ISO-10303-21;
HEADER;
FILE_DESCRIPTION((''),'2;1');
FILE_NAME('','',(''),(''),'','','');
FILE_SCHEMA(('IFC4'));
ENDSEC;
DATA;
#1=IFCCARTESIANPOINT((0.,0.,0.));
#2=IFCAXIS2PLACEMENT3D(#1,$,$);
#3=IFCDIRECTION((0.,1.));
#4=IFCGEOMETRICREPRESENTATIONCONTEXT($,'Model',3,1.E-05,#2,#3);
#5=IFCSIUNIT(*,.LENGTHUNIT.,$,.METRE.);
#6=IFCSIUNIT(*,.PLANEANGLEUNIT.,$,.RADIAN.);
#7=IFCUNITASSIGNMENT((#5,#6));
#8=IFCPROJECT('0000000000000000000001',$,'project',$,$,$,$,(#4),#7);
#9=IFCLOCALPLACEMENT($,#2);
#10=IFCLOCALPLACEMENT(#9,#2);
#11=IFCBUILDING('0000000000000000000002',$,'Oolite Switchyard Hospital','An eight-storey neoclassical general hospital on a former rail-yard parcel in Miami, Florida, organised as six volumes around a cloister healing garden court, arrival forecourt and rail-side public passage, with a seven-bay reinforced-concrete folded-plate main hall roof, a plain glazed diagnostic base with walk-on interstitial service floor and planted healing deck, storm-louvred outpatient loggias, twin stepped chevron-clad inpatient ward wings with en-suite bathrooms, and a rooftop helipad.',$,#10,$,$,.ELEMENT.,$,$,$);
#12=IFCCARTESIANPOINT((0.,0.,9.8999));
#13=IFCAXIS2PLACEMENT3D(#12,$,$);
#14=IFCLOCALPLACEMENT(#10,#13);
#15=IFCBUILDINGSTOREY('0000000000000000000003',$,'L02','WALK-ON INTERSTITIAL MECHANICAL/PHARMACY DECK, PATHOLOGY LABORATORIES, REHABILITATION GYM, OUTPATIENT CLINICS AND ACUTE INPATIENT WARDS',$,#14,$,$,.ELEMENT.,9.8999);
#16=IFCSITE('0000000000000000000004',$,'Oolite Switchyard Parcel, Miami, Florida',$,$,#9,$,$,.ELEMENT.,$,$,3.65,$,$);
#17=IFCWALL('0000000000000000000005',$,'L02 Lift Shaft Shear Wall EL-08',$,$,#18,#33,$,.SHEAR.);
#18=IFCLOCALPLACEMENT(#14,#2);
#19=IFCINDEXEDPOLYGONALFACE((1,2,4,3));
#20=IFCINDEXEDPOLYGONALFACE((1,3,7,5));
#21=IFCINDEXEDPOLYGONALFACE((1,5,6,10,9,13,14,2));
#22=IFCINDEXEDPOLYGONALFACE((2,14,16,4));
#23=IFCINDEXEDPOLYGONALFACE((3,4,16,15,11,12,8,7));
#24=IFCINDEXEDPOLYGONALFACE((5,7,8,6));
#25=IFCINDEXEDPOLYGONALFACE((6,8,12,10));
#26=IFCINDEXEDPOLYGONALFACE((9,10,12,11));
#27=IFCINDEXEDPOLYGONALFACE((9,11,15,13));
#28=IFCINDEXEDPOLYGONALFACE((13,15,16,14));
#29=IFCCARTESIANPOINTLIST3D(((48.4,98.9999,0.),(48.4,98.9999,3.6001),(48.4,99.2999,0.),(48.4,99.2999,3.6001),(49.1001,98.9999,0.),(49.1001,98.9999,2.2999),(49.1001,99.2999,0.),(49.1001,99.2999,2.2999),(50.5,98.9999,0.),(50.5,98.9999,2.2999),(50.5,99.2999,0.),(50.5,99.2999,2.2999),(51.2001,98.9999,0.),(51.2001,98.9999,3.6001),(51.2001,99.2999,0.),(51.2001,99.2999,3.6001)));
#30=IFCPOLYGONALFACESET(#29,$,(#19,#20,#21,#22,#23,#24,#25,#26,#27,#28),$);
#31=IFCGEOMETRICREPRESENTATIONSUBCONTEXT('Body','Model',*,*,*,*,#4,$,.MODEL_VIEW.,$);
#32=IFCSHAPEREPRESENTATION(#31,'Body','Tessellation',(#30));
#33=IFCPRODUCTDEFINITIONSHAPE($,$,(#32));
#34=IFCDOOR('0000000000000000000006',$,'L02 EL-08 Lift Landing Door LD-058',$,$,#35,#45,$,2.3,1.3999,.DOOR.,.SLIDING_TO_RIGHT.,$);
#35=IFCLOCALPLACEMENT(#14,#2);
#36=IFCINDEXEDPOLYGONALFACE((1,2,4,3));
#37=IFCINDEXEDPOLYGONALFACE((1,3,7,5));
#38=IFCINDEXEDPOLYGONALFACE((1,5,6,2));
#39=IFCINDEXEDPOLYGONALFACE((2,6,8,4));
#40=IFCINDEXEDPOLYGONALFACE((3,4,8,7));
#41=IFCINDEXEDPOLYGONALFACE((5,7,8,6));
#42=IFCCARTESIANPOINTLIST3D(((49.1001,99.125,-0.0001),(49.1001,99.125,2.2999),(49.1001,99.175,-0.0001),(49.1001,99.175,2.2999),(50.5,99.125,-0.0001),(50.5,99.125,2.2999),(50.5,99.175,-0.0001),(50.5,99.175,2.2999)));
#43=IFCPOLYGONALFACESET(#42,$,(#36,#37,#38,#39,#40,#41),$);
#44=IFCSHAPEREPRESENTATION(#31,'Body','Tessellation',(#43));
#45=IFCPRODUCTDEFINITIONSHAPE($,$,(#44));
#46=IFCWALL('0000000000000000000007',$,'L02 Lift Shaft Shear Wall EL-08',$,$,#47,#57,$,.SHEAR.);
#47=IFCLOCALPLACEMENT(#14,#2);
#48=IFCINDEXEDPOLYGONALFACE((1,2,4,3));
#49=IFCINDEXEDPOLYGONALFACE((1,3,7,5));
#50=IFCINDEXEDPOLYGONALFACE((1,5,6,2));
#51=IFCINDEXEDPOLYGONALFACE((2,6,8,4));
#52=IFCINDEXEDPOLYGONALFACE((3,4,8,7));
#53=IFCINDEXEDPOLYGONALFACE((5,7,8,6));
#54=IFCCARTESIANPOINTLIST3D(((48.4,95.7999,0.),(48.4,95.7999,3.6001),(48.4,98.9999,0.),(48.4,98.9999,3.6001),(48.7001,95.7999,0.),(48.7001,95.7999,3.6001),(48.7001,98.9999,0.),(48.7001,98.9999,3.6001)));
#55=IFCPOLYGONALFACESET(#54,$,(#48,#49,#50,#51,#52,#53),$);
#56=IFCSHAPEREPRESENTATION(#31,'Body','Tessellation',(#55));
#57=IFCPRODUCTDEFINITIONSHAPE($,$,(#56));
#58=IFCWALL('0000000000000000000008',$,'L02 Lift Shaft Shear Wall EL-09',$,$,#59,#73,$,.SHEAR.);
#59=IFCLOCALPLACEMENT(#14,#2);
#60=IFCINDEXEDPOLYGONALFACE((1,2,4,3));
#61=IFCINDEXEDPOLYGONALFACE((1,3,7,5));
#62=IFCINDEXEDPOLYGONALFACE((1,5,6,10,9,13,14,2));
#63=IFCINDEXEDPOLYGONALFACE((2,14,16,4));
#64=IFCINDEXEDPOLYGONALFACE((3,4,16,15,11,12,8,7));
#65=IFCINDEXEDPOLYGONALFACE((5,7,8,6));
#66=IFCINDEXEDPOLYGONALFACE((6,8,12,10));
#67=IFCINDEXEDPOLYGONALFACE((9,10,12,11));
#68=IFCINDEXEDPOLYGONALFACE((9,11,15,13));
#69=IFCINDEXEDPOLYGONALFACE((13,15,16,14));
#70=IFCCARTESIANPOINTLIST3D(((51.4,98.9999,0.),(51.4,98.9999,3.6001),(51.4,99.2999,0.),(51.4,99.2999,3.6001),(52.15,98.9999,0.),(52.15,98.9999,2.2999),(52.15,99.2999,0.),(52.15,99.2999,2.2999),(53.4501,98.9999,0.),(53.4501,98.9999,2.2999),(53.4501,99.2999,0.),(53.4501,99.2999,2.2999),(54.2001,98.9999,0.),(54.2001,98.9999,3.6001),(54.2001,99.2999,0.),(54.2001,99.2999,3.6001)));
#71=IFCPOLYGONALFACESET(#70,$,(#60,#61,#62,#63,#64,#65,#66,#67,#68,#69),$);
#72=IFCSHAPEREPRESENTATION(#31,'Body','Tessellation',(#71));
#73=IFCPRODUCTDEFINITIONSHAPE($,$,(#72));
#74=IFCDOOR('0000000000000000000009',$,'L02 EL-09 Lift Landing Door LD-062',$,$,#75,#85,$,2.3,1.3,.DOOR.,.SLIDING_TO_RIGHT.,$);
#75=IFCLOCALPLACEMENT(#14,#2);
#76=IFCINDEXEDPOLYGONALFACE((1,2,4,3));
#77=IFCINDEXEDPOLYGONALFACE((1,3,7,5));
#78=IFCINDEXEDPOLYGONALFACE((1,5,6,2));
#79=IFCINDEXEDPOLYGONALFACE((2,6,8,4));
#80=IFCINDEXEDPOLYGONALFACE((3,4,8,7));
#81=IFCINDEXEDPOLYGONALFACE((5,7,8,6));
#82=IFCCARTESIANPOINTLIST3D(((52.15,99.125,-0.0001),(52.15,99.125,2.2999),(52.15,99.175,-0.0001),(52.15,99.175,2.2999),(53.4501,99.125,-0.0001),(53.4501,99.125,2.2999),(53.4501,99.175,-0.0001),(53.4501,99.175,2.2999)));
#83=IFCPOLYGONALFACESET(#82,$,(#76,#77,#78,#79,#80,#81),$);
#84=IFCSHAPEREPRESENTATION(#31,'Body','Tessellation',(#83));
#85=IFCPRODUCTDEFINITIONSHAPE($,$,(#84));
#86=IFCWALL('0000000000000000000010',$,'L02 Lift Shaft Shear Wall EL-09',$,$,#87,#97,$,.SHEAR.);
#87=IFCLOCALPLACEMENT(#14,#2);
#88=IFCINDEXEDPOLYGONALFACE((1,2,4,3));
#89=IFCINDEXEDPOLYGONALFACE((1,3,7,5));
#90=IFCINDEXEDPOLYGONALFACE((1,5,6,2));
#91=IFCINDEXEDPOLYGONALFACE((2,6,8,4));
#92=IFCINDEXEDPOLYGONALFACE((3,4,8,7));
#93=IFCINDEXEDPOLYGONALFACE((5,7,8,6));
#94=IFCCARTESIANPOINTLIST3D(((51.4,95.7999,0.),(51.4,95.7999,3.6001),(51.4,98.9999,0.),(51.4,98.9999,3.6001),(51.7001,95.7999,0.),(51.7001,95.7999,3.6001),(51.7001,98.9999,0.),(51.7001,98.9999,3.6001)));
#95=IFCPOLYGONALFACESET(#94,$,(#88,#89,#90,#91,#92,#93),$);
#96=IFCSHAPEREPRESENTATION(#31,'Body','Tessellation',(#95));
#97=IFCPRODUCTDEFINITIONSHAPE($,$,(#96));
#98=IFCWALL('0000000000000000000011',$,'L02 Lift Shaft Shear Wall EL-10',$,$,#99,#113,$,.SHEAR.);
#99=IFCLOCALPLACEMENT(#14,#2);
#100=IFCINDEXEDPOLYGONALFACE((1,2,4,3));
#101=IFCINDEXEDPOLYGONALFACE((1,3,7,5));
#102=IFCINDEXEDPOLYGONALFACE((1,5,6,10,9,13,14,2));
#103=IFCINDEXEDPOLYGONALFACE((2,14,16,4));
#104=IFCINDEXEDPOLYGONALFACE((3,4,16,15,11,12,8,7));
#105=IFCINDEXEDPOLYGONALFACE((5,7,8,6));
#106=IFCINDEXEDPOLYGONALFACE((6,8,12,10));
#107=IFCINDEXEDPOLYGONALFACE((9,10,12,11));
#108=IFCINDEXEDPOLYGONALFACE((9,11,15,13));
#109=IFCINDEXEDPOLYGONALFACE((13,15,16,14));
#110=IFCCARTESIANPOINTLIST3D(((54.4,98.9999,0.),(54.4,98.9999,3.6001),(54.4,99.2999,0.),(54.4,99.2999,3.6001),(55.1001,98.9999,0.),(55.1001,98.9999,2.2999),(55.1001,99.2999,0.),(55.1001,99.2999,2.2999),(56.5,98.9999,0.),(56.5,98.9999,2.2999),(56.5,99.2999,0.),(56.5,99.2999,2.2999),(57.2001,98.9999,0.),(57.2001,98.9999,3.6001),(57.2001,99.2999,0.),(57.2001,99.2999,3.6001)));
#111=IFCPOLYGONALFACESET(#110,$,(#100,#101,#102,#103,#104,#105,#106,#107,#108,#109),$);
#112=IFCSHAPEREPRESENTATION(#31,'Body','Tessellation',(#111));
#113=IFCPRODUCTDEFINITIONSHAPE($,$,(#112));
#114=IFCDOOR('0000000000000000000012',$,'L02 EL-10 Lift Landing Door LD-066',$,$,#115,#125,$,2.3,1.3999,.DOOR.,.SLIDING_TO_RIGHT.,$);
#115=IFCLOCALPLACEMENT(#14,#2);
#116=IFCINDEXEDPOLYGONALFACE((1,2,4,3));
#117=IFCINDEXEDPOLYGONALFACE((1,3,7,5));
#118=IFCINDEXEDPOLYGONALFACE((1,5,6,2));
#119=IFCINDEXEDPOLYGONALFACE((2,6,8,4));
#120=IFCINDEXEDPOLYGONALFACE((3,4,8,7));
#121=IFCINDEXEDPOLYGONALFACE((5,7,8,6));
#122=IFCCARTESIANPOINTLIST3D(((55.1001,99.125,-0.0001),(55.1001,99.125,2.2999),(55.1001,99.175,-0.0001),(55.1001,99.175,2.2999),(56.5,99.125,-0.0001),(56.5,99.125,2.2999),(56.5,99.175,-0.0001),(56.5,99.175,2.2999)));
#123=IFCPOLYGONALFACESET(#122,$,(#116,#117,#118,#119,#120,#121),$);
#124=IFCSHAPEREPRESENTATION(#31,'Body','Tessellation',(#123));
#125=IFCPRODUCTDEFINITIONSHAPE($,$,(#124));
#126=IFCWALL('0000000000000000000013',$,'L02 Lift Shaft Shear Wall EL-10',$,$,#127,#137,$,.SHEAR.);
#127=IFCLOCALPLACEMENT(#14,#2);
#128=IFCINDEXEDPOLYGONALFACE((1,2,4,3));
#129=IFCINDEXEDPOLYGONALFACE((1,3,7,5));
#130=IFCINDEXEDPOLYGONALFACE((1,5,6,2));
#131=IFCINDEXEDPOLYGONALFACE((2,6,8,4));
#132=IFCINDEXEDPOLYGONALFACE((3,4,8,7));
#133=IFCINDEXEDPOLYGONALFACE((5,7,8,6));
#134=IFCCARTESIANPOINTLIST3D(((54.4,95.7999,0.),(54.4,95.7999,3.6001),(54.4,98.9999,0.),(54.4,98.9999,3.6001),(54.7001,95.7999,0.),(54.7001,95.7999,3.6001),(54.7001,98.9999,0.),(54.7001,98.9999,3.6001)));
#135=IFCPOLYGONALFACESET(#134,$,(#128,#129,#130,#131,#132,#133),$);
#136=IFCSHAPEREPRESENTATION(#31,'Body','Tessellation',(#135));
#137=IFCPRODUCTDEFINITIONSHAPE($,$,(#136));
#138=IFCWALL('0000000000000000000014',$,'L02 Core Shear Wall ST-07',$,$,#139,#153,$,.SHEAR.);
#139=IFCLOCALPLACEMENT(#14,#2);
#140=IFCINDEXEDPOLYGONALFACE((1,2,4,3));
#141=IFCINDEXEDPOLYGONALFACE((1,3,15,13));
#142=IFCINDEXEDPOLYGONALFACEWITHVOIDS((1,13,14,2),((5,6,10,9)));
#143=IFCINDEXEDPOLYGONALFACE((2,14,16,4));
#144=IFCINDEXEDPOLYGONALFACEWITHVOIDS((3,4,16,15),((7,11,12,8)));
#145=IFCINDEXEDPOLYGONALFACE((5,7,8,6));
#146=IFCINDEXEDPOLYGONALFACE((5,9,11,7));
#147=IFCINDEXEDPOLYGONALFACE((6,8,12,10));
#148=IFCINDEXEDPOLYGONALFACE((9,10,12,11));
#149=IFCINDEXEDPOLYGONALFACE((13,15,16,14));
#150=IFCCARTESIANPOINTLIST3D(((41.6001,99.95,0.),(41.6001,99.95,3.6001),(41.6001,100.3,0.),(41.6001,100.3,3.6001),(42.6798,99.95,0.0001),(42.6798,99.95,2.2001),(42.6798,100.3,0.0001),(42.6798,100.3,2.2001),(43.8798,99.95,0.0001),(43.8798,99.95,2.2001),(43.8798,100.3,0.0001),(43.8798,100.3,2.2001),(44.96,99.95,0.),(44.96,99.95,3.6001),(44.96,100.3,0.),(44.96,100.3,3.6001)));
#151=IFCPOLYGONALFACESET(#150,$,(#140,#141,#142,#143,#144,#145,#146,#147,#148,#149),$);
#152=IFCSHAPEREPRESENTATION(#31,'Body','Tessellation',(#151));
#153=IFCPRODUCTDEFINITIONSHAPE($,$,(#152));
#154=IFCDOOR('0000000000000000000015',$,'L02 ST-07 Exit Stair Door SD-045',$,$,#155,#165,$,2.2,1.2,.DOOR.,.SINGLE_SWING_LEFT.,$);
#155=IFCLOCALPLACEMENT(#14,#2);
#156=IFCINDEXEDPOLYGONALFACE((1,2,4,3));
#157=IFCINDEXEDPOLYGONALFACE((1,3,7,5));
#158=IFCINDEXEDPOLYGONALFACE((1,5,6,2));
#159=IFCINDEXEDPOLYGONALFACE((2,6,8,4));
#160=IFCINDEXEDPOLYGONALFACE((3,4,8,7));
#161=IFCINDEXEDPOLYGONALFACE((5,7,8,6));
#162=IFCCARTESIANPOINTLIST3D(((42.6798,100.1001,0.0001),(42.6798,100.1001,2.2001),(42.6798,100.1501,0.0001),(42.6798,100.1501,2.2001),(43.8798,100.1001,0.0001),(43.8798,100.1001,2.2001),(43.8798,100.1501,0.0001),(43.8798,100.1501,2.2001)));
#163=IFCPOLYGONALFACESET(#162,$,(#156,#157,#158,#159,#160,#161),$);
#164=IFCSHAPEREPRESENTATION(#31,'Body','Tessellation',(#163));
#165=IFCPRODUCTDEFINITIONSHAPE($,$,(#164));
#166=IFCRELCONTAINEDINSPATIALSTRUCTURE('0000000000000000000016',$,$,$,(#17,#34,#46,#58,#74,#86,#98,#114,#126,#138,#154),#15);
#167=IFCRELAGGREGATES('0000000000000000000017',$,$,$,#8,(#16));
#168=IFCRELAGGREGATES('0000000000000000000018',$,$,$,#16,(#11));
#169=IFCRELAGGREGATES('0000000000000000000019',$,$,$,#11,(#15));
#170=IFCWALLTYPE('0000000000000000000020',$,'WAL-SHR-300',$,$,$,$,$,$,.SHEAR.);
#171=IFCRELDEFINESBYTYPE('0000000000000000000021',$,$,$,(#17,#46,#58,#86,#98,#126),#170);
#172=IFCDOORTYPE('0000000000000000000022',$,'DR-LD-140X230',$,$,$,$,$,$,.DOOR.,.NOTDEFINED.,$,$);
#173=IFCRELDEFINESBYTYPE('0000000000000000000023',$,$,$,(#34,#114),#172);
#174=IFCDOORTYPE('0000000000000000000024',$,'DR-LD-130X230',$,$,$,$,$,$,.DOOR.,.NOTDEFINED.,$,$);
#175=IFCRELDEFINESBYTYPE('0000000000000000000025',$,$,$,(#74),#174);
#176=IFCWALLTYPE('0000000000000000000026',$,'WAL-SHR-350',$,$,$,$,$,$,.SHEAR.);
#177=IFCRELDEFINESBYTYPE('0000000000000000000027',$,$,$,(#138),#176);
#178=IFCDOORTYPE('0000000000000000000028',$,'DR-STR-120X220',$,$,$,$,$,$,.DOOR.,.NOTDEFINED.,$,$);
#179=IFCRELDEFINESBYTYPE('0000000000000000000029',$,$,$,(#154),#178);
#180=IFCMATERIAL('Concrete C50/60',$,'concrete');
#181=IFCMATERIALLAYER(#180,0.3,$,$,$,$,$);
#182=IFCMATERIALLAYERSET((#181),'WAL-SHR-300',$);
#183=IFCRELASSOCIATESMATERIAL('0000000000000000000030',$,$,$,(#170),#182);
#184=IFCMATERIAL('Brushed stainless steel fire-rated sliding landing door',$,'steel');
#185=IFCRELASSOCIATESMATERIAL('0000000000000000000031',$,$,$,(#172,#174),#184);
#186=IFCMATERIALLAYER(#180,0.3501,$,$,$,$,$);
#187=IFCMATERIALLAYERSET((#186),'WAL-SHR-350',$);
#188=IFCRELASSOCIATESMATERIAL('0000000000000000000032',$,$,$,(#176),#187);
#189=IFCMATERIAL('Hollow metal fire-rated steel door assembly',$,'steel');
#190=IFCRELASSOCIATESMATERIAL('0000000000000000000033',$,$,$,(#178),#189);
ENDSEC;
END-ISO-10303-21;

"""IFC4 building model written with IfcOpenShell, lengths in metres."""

from ifc_helpers import new_model, si_unit, direction, frame, frame_2d, origin, place, context, subcontext, project, spatial, rectangle, extrude, material, layer, layer_set, type_object, element, fill, save


model = new_model("IFC4")

# Units and contexts
model_context = context("Model", 3, precision=1e-05, world=origin(), true_north=direction((0.0, 1.0)))
body_context = subcontext(model_context, "Body", "Model", "MODEL_VIEW")
ifc_project = project(units=[si_unit("LENGTHUNIT", "METRE"), si_unit("PLANEANGLEUNIT", "RADIAN")], contexts=[model_context])

# Site, building, storey
site_placement = place(None, origin())
site = spatial("IfcSite", under=ifc_project, at=site_placement, Name="Oolite Switchyard Parcel, Miami, Florida", CompositionType="ELEMENT", RefElevation=3.65)
building_placement = place(site_placement, origin())
building = spatial("IfcBuilding", under=site, at=building_placement, Name="Oolite Switchyard Hospital", Description="An eight-storey neoclassical general hospital on a former rail-yard parcel in Miami, Florida, organised as six volumes around a cloister healing garden court, arrival forecourt and rail-side public passage, with a seven-bay reinforced-concrete folded-plate main hall roof, a plain glazed diagnostic base with walk-on interstitial service floor and planted healing deck, storm-louvred outpatient loggias, twin stepped chevron-clad inpatient ward wings with en-suite bathrooms, and a rooftop helipad.", CompositionType="ELEMENT")
storey_placement = place(building_placement, frame((0.0, 0.0, 9.8999)))
storey = spatial("IfcBuildingStorey", under=building, at=storey_placement, Name="L02", Description="WALK-ON INTERSTITIAL MECHANICAL/PHARMACY DECK, PATHOLOGY LABORATORIES, REHABILITATION GYM, OUTPATIENT CLINICS AND ACUTE INPATIENT WARDS", CompositionType="ELEMENT", Elevation=9.8999)

# Shared definitions
ifc_material_1 = material(Name="Concrete C50/60", Category="concrete")

# Shared definitions
ifc_material_2 = material(Name="Hollow metal fire-rated steel door assembly", Category="steel")

# Wall, opening, door
ifc_layer_1 = layer(ifc_material_1, 0.3)
ifc_layer_set_1 = layer_set([ifc_layer_1], Name="WAL-SHR-300")
wall_type_1 = type_object("IfcWallType", Name="WAL-SHR-300", PredefinedType="SHEAR", material=ifc_layer_set_1)
wall_1_placement = place(storey_placement, frame((51.2, 99.1499, 0.0), z_axis=(0.0, 0.0, 1.0), x_axis=(-1.0, 0.0, 0.0)))
wall_1 = element("IfcWall", 1, at=wall_1_placement, inside=storey, type_object=wall_type_1, Name="L02 Lift Shaft Shear Wall EL-08", PredefinedType="SHEAR", context=body_context, shape_type="SweptSolid", body=[
    extrude(rectangle(XDim=2.8, YDim=0.3, at=frame_2d((1.3999, 0.0))), origin(), (0.0, 0.0, 1.0), 3.6001),
])
opening_1_placement = place(wall_1_placement, frame((0.7, 0.0, 0.0)))
opening_1 = element("IfcOpeningElement", 2, at=opening_1_placement, cuts=wall_1, PredefinedType="OPENING", context=body_context, shape_type="SweptSolid", body=[
    extrude(rectangle(XDim=1.3999, YDim=2.3, at=frame_2d((0.7, 1.1499))), frame((0.0, 0.1602, 0.0), z_axis=(0.0, -1.0, 0.0), x_axis=(1.0, 0.0, 0.0)), (0.0, 0.0, 1.0), 0.3201),
])
ifc_material_3 = material(Name="Brushed stainless steel fire-rated sliding landing door", Category="steel")
door_type_1 = type_object("IfcDoorType", Name="DR-LD-140X230", OperationType="NOTDEFINED", PredefinedType="DOOR", material=ifc_material_3)
door_1_placement = place(opening_1_placement, origin())
door_1 = element("IfcDoor", 3, at=door_1_placement, inside=storey, type_object=door_type_1, Name="L02 EL-08 Lift Landing Door LD-058", OperationType="SLIDING_TO_RIGHT", OverallHeight=2.3, OverallWidth=1.3999, PredefinedType="DOOR", context=body_context, shape_type="SweptSolid", body=[
    extrude(rectangle(XDim=1.3999, YDim=2.3, at=frame_2d((0.7, 1.1499))), frame((0.0, 0.0249, 0.0), z_axis=(0.0, -1.0, 0.0), x_axis=(1.0, 0.0, 0.0)), (0.0, 0.0, 1.0), 0.05),
])
fill(opening_1, door_1)

# Wall
wall_2_placement = place(storey_placement, frame((48.55, 99.0, 0.0), z_axis=(0.0, 0.0, 1.0), x_axis=(0.0, -1.0, 0.0)))
element("IfcWall", 4, at=wall_2_placement, inside=storey, type_object=wall_type_1, Name="L02 Lift Shaft Shear Wall EL-08", PredefinedType="SHEAR", context=body_context, shape_type="SweptSolid", body=[
    extrude(rectangle(XDim=3.2, YDim=0.3, at=frame_2d((1.6001, 0.0))), origin(), (0.0, 0.0, 1.0), 3.6001),
])

# Wall, opening, door
wall_3_placement = place(storey_placement, frame((54.2, 99.1499, 0.0), z_axis=(0.0, 0.0, 1.0), x_axis=(-1.0, 0.0, 0.0)))
wall_3 = element("IfcWall", 5, at=wall_3_placement, inside=storey, type_object=wall_type_1, Name="L02 Lift Shaft Shear Wall EL-09", PredefinedType="SHEAR", context=body_context, shape_type="SweptSolid", body=[
    extrude(rectangle(XDim=2.8, YDim=0.3, at=frame_2d((1.3999, 0.0))), origin(), (0.0, 0.0, 1.0), 3.6001),
])
opening_2_placement = place(wall_3_placement, frame((0.75, 0.0, 0.0)))
opening_2 = element("IfcOpeningElement", 6, at=opening_2_placement, cuts=wall_3, PredefinedType="OPENING", context=body_context, shape_type="SweptSolid", body=[
    extrude(rectangle(XDim=1.3, YDim=2.3, at=frame_2d((0.6499, 1.1499))), frame((0.0, 0.1602, 0.0), z_axis=(0.0, -1.0, 0.0), x_axis=(1.0, 0.0, 0.0)), (0.0, 0.0, 1.0), 0.3201),
])
door_type_2 = type_object("IfcDoorType", Name="DR-LD-130X230", OperationType="NOTDEFINED", PredefinedType="DOOR", material=ifc_material_3)
door_2_placement = place(opening_2_placement, origin())
door_2 = element("IfcDoor", 7, at=door_2_placement, inside=storey, type_object=door_type_2, Name="L02 EL-09 Lift Landing Door LD-062", OperationType="SLIDING_TO_RIGHT", OverallHeight=2.3, OverallWidth=1.3, PredefinedType="DOOR", context=body_context, shape_type="SweptSolid", body=[
    extrude(rectangle(XDim=1.3, YDim=2.3, at=frame_2d((0.6499, 1.1499))), frame((0.0, 0.0249, 0.0), z_axis=(0.0, -1.0, 0.0), x_axis=(1.0, 0.0, 0.0)), (0.0, 0.0, 1.0), 0.05),
])
fill(opening_2, door_2)

# Wall
wall_4_placement = place(storey_placement, frame((51.55, 99.0, 0.0), z_axis=(0.0, 0.0, 1.0), x_axis=(0.0, -1.0, 0.0)))
element("IfcWall", 8, at=wall_4_placement, inside=storey, type_object=wall_type_1, Name="L02 Lift Shaft Shear Wall EL-09", PredefinedType="SHEAR", context=body_context, shape_type="SweptSolid", body=[
    extrude(rectangle(XDim=3.2, YDim=0.3, at=frame_2d((1.6001, 0.0))), origin(), (0.0, 0.0, 1.0), 3.6001),
])

# Wall, opening, door
wall_5_placement = place(storey_placement, frame((57.2, 99.1499, 0.0), z_axis=(0.0, 0.0, 1.0), x_axis=(-1.0, 0.0, 0.0)))
wall_5 = element("IfcWall", 9, at=wall_5_placement, inside=storey, type_object=wall_type_1, Name="L02 Lift Shaft Shear Wall EL-10", PredefinedType="SHEAR", context=body_context, shape_type="SweptSolid", body=[
    extrude(rectangle(XDim=2.8, YDim=0.3, at=frame_2d((1.3999, 0.0))), origin(), (0.0, 0.0, 1.0), 3.6001),
])
opening_3_placement = place(wall_5_placement, frame((0.7, 0.0, 0.0)))
opening_3 = element("IfcOpeningElement", 10, at=opening_3_placement, cuts=wall_5, PredefinedType="OPENING", context=body_context, shape_type="SweptSolid", body=[
    extrude(rectangle(XDim=1.3999, YDim=2.3, at=frame_2d((0.7, 1.1499))), frame((0.0, 0.1602, 0.0), z_axis=(0.0, -1.0, 0.0), x_axis=(1.0, 0.0, 0.0)), (0.0, 0.0, 1.0), 0.3201),
])
door_3_placement = place(opening_3_placement, origin())
door_3 = element("IfcDoor", 11, at=door_3_placement, inside=storey, type_object=door_type_1, Name="L02 EL-10 Lift Landing Door LD-066", OperationType="SLIDING_TO_RIGHT", OverallHeight=2.3, OverallWidth=1.3999, PredefinedType="DOOR", context=body_context, shape_type="SweptSolid", body=[
    extrude(rectangle(XDim=1.3999, YDim=2.3, at=frame_2d((0.7, 1.1499))), frame((0.0, 0.0249, 0.0), z_axis=(0.0, -1.0, 0.0), x_axis=(1.0, 0.0, 0.0)), (0.0, 0.0, 1.0), 0.05),
])
fill(opening_3, door_3)

# Wall
wall_6_placement = place(storey_placement, frame((54.55, 99.0, 0.0), z_axis=(0.0, 0.0, 1.0), x_axis=(0.0, -1.0, 0.0)))
element("IfcWall", 12, at=wall_6_placement, inside=storey, type_object=wall_type_1, Name="L02 Lift Shaft Shear Wall EL-10", PredefinedType="SHEAR", context=body_context, shape_type="SweptSolid", body=[
    extrude(rectangle(XDim=3.2, YDim=0.3, at=frame_2d((1.6001, 0.0))), origin(), (0.0, 0.0, 1.0), 3.6001),
])

# Wall, opening, door
ifc_layer_2 = layer(ifc_material_1, 0.3501)
ifc_layer_set_2 = layer_set([ifc_layer_2], Name="WAL-SHR-350")
wall_type_2 = type_object("IfcWallType", Name="WAL-SHR-350", PredefinedType="SHEAR", material=ifc_layer_set_2)
wall_7_placement = place(storey_placement, frame((44.96, 100.125, 0.0), z_axis=(0.0, 0.0, 1.0), x_axis=(-1.0, 0.0, 0.0)))
wall_7 = element("IfcWall", 13, at=wall_7_placement, inside=storey, type_object=wall_type_2, Name="L02 Core Shear Wall ST-07", PredefinedType="SHEAR", context=body_context, shape_type="SweptSolid", body=[
    extrude(rectangle(XDim=3.3599, YDim=0.3501, at=frame_2d((1.6799, 0.0))), origin(), (0.0, 0.0, 1.0), 3.6001),
])
opening_4_placement = place(wall_7_placement, frame((1.0801, 0.0, 0.0)))
opening_4 = element("IfcOpeningElement", 14, at=opening_4_placement, cuts=wall_7, PredefinedType="OPENING", context=body_context, shape_type="SweptSolid", body=[
    extrude(rectangle(XDim=1.2, YDim=2.2, at=frame_2d((0.6001, 1.1001))), frame((0.0, 0.1851, 0.0), z_axis=(0.0, -1.0, 0.0), x_axis=(1.0, 0.0, 0.0)), (0.0, 0.0, 1.0), 0.3701),
])
door_type_3 = type_object("IfcDoorType", Name="DR-STR-120X220", OperationType="NOTDEFINED", PredefinedType="DOOR", material=ifc_material_2)
door_4_placement = place(opening_4_placement, origin())
door_4 = element("IfcDoor", 15, at=door_4_placement, inside=storey, type_object=door_type_3, Name="L02 ST-07 Exit Stair Door SD-045", OperationType="SINGLE_SWING_LEFT", OverallHeight=2.2, OverallWidth=1.2, PredefinedType="DOOR", context=body_context, shape_type="SweptSolid", body=[
    extrude(rectangle(XDim=1.2, YDim=2.2, at=frame_2d((0.6001, 1.1001))), frame((0.0, 0.0249, 0.0), z_axis=(0.0, -1.0, 0.0), x_axis=(1.0, 0.0, 0.0)), (0.0, 0.0, 1.0), 0.05),
])
fill(opening_4, door_4)

save(model, "model.ifc")
